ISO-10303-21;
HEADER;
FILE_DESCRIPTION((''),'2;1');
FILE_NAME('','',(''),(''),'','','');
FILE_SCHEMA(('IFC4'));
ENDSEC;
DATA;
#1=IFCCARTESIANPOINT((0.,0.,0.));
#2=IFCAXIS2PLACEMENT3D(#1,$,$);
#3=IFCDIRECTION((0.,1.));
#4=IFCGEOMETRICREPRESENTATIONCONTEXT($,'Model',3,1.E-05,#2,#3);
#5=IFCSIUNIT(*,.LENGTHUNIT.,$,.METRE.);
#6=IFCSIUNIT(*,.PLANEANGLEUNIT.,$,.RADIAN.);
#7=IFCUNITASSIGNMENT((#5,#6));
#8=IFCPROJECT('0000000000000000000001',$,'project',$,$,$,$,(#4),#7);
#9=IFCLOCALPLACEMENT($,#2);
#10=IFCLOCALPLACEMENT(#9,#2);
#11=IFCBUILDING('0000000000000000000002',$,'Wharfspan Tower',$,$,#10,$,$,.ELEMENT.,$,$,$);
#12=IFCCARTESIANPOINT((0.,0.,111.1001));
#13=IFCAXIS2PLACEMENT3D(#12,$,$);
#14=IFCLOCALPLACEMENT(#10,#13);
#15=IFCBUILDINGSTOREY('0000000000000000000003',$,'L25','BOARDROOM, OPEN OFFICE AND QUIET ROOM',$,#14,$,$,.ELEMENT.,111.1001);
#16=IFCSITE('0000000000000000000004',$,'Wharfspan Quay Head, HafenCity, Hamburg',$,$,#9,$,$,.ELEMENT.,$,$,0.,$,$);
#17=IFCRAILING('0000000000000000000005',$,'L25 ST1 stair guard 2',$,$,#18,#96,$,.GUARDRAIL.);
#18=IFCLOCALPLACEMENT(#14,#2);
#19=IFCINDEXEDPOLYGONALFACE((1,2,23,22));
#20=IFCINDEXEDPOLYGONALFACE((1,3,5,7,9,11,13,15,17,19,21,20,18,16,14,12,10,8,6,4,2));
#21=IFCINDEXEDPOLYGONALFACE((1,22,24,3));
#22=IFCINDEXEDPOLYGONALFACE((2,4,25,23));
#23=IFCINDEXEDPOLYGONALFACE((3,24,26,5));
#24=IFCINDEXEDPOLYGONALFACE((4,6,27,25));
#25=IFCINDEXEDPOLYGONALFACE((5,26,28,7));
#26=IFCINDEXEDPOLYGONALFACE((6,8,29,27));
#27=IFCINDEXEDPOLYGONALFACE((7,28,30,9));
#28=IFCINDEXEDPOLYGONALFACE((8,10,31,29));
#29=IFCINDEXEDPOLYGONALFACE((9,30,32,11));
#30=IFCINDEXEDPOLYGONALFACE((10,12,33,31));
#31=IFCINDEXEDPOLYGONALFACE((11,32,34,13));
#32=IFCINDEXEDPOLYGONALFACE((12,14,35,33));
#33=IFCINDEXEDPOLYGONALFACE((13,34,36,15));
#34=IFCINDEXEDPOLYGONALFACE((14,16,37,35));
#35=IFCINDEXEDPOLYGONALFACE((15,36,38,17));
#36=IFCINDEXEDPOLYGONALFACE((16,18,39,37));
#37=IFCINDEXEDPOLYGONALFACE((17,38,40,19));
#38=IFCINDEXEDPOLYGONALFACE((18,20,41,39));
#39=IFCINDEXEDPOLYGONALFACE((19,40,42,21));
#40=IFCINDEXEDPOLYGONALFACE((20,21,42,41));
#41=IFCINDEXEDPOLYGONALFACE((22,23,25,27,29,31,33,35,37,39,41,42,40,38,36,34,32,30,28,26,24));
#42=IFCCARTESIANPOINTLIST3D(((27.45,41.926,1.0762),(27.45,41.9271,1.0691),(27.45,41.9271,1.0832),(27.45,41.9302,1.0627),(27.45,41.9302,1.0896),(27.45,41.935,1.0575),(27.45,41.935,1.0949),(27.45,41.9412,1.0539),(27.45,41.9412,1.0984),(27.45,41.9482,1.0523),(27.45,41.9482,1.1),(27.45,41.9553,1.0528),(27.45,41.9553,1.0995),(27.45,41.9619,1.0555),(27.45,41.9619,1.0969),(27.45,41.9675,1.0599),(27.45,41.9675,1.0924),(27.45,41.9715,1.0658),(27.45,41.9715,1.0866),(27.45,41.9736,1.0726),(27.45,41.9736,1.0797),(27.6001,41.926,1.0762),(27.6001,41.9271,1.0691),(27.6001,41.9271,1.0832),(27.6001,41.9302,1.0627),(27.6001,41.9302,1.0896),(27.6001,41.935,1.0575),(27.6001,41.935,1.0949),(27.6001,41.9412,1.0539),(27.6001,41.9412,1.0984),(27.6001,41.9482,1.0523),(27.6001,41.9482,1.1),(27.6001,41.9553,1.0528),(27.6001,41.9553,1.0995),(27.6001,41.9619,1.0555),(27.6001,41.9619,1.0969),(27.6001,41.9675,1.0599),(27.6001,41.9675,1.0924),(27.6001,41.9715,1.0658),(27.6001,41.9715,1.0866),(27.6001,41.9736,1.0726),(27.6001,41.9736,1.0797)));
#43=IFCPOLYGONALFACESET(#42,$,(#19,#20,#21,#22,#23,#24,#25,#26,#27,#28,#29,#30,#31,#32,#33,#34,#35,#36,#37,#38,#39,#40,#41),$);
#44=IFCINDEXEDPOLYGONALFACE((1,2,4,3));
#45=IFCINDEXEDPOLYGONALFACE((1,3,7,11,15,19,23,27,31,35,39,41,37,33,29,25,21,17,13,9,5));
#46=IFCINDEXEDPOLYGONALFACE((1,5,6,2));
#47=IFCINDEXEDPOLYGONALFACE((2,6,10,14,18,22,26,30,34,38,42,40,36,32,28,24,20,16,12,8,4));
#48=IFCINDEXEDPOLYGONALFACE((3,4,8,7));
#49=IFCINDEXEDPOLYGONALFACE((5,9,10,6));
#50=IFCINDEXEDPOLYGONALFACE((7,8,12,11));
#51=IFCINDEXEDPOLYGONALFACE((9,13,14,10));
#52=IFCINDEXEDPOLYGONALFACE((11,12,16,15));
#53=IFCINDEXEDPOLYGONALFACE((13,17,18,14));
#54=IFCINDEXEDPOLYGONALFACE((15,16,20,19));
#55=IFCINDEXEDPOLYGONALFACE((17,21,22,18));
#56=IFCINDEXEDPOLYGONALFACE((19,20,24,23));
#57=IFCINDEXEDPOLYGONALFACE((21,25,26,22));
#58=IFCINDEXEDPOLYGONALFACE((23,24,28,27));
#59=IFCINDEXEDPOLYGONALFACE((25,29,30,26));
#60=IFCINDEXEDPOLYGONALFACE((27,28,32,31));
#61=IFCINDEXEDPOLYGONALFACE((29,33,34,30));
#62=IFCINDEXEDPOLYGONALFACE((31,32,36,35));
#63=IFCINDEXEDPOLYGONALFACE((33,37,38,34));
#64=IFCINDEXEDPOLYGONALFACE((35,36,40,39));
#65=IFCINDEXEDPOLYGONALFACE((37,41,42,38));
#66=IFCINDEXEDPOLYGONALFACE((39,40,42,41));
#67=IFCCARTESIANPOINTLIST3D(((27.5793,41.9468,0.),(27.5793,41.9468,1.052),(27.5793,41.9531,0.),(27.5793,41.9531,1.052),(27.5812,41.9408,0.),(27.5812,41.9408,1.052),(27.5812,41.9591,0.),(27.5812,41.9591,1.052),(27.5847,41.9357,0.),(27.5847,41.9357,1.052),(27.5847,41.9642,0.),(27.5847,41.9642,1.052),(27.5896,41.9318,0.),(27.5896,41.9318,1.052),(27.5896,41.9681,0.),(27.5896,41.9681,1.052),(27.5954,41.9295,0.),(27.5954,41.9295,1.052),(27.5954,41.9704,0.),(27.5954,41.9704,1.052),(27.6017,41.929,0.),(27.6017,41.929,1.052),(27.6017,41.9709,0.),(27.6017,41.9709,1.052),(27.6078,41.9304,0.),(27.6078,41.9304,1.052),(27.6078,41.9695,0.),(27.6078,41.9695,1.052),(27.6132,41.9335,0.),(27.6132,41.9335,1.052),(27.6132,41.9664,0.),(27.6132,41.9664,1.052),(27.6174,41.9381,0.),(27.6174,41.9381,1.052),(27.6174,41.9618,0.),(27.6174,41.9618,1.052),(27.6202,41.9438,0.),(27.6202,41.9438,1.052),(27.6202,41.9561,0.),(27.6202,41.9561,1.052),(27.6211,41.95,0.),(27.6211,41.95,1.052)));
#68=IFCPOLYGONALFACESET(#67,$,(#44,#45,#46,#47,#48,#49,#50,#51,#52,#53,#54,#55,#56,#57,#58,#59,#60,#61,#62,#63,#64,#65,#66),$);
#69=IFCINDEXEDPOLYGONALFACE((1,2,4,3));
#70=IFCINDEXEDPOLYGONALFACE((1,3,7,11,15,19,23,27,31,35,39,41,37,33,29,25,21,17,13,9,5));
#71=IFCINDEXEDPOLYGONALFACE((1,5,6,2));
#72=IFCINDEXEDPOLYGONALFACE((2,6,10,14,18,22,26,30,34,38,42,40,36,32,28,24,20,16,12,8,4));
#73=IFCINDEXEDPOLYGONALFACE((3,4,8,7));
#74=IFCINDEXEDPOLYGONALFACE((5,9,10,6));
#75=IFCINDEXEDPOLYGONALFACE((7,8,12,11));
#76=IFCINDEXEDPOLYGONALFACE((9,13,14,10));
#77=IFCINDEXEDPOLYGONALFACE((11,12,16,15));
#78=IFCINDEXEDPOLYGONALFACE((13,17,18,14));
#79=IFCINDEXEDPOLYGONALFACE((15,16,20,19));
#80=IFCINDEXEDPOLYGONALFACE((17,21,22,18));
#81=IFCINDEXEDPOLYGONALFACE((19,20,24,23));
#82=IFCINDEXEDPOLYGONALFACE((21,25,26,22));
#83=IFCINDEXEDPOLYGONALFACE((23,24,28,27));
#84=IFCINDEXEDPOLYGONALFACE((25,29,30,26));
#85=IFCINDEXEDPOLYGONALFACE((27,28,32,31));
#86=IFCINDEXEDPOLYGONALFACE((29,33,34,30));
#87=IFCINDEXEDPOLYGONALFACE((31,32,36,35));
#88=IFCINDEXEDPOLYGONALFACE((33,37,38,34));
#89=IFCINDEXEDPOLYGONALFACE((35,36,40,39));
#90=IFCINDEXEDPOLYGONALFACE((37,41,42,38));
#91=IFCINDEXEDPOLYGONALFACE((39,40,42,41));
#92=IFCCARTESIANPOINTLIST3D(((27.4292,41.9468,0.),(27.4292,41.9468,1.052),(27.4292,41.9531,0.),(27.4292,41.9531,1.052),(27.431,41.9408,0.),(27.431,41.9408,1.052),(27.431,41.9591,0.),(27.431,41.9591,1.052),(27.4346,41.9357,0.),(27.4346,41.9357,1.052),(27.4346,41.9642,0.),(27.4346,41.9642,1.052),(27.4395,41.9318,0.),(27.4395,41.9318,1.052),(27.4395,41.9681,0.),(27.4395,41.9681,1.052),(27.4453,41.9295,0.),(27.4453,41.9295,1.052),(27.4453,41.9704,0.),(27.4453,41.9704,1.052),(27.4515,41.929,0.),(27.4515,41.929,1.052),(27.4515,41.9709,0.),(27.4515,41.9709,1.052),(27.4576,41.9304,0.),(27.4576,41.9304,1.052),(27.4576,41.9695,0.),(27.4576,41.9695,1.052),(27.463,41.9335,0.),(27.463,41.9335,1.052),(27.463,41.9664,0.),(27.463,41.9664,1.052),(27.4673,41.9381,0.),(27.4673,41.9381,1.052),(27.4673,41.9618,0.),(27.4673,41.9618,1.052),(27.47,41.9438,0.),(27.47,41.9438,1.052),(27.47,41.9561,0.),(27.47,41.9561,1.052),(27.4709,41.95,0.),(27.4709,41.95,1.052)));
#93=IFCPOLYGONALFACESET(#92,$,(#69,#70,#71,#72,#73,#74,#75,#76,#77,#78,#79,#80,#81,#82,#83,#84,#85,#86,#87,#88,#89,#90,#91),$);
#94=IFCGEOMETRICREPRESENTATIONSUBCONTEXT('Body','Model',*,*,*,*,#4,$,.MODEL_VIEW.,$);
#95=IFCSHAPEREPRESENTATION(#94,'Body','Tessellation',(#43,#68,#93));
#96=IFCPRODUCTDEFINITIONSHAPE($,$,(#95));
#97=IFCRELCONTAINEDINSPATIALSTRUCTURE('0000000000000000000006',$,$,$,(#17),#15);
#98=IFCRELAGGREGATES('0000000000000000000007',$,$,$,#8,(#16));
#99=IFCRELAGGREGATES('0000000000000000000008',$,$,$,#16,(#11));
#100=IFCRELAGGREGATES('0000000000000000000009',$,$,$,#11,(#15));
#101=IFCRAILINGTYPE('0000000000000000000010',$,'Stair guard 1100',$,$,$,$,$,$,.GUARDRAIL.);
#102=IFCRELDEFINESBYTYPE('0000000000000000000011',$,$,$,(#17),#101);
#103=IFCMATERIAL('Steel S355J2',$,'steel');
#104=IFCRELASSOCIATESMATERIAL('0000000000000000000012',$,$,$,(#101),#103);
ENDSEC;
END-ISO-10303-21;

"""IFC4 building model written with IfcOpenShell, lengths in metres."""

from ifc_helpers import new_model, si_unit, direction, frame, origin, origin_2d, place, context, subcontext, project, spatial, circle, extrude, material, type_object, element, save


model = new_model("IFC4")

# Units and contexts
model_context = context("Model", 3, precision=1e-05, world=origin(), true_north=direction((0.0, 1.0)))
body_context = subcontext(model_context, "Body", "Model", "MODEL_VIEW")
ifc_project = project(units=[si_unit("LENGTHUNIT", "METRE"), si_unit("PLANEANGLEUNIT", "RADIAN")], contexts=[model_context])

# Site, building, storey
site_placement = place(None, origin())
site = spatial("IfcSite", under=ifc_project, at=site_placement, Name="Wharfspan Quay Head, HafenCity, Hamburg", CompositionType="ELEMENT", RefElevation=0.0)
building_placement = place(site_placement, origin())
building = spatial("IfcBuilding", under=site, at=building_placement, Name="Wharfspan Tower", CompositionType="ELEMENT")
storey_placement = place(building_placement, frame((0.0, 0.0, 111.1001)))
storey = spatial("IfcBuildingStorey", under=building, at=storey_placement, Name="L25", Description="BOARDROOM, OPEN OFFICE AND QUIET ROOM", CompositionType="ELEMENT", Elevation=111.1001)

# Shared definitions
ifc_material_1 = material(Name="Steel S355J2", Category="steel")

# Railing
railing_type_1 = type_object("IfcRailingType", Name="Stair guard 1100", PredefinedType="GUARDRAIL", material=ifc_material_1)
railing_1_placement = place(storey_placement, frame((27.6001, 41.95, 0.0)))
element("IfcRailing", 1, at=railing_1_placement, inside=storey, type_object=railing_type_1, Name="L25 ST1 stair guard 2", PredefinedType="GUARDRAIL", context=body_context, shape_type="SweptSolid", body=[
    extrude(circle(Radius=0.0239, at=origin_2d()), frame((0.0, 0.0, 1.0762), z_axis=(-1.0, 0.0, 0.0), x_axis=(0.0, -1.0, 0.0)), (0.0, 0.0, 1.0), 0.1501),
    extrude(circle(Radius=0.021, at=origin_2d()), origin(), (0.0, 0.0, 1.0), 1.052),
    extrude(circle(Radius=0.021, at=origin_2d()), frame((-0.1501, 0.0, 0.0)), (0.0, 0.0, 1.0), 1.052),
])

save(model, "model.ifc")
